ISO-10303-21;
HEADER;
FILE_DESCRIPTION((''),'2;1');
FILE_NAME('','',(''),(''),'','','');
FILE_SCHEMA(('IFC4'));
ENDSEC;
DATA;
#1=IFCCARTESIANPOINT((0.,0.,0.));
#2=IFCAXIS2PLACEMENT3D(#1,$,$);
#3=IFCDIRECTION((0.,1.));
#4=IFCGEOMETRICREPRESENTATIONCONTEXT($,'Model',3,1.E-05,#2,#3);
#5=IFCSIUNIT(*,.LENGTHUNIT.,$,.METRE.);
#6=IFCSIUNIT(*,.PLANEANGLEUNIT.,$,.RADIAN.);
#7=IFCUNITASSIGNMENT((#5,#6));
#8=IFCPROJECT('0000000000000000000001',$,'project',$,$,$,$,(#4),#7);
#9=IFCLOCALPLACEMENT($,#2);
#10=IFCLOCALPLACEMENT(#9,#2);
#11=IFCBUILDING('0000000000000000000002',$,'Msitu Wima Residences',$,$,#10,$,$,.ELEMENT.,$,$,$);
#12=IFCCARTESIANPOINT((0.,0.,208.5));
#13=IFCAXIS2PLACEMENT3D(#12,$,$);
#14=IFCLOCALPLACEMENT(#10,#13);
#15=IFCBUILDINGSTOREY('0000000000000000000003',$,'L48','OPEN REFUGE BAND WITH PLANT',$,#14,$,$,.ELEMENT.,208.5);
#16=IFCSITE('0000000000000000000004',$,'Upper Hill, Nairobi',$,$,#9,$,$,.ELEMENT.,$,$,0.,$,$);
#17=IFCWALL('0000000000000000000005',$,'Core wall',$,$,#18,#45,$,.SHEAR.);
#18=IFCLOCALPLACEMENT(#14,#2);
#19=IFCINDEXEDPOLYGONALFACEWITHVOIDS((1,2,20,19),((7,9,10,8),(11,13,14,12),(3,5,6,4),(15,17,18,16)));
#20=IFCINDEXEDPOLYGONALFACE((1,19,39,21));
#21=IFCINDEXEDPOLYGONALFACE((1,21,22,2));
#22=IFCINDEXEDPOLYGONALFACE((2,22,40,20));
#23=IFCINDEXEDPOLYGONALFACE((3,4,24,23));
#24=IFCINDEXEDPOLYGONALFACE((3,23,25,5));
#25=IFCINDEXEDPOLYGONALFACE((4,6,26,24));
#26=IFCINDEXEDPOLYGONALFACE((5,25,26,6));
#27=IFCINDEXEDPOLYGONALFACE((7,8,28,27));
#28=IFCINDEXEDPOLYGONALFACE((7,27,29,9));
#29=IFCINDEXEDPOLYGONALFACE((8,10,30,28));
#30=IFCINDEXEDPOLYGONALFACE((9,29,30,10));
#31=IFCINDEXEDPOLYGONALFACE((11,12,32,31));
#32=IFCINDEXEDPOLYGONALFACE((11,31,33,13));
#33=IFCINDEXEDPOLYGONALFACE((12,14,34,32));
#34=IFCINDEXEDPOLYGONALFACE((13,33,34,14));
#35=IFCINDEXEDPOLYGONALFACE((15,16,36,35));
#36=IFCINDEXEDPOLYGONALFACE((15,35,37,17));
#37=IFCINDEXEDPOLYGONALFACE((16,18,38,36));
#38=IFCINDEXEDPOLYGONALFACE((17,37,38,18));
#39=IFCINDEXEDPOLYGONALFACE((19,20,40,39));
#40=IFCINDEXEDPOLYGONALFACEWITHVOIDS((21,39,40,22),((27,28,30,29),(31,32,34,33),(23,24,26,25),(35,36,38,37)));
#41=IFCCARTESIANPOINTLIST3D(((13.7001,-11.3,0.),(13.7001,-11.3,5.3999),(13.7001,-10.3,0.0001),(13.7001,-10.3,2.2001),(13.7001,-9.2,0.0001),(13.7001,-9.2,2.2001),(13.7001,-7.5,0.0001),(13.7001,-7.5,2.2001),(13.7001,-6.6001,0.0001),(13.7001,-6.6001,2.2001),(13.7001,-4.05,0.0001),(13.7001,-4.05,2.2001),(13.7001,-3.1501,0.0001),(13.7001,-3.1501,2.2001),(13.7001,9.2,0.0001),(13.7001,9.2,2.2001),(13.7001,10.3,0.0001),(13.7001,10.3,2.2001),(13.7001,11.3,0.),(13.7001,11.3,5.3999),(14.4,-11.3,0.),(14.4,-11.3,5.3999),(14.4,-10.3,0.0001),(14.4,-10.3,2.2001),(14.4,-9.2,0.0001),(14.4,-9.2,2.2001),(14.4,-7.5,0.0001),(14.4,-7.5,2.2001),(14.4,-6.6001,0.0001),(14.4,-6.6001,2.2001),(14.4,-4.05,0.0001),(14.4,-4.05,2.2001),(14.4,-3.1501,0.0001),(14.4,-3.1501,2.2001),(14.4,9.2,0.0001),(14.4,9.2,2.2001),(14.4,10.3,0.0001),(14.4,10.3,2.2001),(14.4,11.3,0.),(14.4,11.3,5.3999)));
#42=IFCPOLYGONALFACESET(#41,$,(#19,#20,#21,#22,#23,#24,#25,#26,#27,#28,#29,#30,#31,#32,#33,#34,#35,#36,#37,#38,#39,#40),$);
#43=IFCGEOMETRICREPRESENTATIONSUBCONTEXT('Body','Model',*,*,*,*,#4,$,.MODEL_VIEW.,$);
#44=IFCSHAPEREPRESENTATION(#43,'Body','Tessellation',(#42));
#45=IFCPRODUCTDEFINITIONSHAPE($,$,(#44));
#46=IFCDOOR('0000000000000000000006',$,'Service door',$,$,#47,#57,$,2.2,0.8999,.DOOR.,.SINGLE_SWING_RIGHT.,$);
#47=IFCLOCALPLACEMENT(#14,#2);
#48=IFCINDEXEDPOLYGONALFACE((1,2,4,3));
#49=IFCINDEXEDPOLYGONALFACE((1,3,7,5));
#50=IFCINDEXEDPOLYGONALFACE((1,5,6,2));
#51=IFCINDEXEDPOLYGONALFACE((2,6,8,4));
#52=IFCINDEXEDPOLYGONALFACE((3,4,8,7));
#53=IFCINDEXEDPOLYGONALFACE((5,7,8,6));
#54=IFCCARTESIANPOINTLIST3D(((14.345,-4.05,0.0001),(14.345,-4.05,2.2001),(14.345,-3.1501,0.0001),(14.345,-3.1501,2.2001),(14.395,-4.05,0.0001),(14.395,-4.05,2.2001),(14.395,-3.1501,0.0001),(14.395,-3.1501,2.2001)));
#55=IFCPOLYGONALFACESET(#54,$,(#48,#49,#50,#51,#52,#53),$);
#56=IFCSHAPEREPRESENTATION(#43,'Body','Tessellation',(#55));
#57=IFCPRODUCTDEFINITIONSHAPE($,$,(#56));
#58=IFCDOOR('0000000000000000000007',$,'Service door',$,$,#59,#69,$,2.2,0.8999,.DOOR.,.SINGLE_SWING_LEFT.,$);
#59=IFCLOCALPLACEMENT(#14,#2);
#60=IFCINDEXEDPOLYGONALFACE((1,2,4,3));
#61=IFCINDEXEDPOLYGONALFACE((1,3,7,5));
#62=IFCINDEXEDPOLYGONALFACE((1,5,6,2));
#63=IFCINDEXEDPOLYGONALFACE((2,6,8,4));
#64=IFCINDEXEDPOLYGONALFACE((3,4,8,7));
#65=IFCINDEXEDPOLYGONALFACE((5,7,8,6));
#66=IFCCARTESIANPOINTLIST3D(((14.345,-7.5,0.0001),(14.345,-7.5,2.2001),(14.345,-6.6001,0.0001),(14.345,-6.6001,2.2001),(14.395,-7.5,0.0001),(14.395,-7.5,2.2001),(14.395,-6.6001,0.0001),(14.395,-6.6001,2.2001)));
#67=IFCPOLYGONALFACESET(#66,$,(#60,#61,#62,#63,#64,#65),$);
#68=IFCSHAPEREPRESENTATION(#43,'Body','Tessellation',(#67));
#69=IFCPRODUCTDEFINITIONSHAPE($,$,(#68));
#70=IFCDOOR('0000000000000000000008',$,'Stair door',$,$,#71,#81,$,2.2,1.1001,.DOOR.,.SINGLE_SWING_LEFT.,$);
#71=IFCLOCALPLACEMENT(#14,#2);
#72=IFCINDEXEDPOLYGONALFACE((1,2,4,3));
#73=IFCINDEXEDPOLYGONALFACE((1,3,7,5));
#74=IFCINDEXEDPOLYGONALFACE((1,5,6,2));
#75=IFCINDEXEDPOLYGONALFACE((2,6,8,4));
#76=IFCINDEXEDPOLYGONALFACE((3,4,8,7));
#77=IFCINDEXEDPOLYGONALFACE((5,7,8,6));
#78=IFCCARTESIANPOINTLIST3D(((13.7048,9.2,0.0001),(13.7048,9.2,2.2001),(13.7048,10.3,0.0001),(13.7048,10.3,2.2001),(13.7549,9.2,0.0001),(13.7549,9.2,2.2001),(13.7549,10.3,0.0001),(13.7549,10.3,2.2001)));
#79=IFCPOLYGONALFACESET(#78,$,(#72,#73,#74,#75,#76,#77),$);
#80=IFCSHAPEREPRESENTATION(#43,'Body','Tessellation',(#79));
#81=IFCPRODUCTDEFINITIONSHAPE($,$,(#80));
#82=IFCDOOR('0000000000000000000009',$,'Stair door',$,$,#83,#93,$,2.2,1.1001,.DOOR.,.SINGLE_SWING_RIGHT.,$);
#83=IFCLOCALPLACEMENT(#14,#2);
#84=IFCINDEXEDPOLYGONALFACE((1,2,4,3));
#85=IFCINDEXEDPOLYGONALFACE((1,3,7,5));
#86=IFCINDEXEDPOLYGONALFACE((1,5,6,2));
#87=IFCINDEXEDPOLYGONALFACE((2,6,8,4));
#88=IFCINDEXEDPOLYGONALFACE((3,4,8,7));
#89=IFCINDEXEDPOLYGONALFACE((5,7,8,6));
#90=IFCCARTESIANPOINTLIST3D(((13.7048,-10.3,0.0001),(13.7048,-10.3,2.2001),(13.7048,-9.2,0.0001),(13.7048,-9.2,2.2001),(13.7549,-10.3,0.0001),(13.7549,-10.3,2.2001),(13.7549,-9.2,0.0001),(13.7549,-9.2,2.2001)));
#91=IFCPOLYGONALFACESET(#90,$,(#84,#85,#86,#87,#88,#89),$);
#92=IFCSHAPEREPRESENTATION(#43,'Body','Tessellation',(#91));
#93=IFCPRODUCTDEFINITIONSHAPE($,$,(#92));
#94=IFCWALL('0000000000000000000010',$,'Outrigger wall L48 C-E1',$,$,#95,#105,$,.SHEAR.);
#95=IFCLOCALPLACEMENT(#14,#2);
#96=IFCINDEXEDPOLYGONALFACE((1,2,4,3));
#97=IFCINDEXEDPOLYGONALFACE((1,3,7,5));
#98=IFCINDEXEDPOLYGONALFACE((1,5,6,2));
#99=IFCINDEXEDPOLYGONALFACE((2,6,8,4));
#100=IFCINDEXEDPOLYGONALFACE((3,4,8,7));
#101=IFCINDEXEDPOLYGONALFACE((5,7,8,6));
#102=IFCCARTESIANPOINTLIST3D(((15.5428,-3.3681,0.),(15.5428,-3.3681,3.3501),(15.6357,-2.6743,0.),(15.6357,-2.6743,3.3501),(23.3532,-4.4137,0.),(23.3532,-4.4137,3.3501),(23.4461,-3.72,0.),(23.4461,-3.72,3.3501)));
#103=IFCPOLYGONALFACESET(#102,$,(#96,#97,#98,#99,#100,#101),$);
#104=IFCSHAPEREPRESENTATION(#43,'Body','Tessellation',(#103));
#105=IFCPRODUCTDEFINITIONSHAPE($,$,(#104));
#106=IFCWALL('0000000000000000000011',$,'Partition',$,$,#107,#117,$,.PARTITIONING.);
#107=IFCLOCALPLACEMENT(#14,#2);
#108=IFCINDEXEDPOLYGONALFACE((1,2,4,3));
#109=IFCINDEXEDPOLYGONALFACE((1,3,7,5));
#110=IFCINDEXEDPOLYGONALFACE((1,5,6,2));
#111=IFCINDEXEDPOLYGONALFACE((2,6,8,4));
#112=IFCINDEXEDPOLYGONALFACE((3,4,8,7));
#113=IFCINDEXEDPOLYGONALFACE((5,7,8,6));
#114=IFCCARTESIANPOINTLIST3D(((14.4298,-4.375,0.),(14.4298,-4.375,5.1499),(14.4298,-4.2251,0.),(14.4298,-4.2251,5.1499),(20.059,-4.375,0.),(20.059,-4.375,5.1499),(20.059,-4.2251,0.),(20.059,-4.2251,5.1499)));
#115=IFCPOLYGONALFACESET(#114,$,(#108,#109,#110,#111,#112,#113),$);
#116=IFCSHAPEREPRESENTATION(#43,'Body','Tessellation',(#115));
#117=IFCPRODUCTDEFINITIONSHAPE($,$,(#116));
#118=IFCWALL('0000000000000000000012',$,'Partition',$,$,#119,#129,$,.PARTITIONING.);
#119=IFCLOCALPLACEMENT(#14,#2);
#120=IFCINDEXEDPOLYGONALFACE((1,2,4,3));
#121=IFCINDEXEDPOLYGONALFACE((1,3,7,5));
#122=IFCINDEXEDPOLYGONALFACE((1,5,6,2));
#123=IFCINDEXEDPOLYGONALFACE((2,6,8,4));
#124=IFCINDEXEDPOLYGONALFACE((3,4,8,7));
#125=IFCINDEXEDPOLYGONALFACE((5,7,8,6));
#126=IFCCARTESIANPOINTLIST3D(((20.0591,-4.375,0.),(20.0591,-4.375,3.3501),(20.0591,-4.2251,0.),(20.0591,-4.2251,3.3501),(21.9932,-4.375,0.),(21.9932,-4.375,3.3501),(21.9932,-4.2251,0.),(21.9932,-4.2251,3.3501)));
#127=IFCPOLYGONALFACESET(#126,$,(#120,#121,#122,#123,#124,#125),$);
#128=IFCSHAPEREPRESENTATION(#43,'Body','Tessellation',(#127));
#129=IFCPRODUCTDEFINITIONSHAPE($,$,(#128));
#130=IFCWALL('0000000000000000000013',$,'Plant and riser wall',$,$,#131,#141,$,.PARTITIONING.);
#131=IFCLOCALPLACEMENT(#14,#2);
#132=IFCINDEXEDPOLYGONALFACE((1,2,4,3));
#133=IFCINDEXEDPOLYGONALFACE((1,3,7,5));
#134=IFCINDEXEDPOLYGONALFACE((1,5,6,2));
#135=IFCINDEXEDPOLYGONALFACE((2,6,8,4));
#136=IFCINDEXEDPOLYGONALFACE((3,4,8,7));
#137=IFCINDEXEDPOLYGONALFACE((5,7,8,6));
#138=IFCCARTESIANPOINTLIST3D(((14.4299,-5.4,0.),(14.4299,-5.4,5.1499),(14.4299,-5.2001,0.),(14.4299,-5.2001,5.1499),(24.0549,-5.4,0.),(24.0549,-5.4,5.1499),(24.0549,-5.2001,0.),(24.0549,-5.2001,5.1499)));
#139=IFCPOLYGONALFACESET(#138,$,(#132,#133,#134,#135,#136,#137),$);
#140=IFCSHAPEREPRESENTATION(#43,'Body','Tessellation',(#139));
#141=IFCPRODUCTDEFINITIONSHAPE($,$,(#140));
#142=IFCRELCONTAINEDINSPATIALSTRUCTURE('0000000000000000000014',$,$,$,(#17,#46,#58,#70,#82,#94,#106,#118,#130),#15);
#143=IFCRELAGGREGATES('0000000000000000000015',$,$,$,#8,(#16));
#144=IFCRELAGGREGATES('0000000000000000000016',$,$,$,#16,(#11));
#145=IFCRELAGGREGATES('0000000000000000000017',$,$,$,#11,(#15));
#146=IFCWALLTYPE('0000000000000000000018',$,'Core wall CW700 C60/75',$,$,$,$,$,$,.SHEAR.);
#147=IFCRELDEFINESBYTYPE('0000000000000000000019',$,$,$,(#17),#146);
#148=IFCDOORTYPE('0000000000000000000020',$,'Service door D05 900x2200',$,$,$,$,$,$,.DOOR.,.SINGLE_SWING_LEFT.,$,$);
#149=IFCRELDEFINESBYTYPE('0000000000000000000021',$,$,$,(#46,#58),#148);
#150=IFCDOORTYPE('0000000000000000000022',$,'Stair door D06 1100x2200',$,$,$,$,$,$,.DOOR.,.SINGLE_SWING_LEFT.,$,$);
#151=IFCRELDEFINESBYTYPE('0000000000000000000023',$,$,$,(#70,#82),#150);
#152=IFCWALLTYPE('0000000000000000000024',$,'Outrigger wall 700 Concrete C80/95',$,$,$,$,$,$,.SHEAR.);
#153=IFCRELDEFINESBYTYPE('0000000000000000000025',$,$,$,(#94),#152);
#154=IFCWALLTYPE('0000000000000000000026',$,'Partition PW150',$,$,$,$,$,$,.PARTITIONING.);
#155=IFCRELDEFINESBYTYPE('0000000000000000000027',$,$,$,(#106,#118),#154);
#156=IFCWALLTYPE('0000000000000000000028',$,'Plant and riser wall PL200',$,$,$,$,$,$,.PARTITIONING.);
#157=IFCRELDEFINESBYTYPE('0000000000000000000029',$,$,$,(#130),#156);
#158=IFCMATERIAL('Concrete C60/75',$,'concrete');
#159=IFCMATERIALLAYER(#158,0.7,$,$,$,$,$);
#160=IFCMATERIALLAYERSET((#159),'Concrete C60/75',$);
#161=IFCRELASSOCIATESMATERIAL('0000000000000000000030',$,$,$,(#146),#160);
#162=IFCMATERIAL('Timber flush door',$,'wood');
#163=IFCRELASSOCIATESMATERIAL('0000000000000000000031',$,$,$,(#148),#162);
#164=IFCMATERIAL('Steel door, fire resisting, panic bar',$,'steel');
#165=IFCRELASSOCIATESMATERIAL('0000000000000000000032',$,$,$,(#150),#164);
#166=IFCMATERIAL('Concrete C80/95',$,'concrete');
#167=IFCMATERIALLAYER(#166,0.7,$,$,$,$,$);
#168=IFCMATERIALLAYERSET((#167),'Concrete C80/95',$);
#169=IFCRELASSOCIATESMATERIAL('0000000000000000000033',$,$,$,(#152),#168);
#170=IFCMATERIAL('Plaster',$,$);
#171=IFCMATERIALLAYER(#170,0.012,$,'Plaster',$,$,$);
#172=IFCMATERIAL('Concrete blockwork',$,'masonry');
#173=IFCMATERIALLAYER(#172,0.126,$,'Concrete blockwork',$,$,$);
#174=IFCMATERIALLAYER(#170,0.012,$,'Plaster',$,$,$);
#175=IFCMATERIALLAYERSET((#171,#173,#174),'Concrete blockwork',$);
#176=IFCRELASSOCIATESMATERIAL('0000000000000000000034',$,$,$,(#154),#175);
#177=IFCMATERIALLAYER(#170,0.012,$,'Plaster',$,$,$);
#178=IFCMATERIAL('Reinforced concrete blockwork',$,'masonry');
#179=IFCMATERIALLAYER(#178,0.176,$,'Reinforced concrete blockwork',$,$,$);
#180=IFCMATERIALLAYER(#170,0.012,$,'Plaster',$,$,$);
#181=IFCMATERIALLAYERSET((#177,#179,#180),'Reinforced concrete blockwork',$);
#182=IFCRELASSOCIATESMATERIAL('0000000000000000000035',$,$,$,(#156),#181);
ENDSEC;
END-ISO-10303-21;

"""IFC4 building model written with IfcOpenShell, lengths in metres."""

from ifc_helpers import new_model, si_unit, direction, frame, frame_2d, origin, place, context, subcontext, project, spatial, rectangle, extrude, material, layer, layer_set, type_object, element, fill, save


model = new_model("IFC4")

# Units and contexts
model_context = context("Model", 3, precision=1e-05, world=origin(), true_north=direction((0.0, 1.0)))
body_context = subcontext(model_context, "Body", "Model", "MODEL_VIEW")
ifc_project = project(units=[si_unit("LENGTHUNIT", "METRE"), si_unit("PLANEANGLEUNIT", "RADIAN")], contexts=[model_context])

# Site, building, storey
site_placement = place(None, origin())
site = spatial("IfcSite", under=ifc_project, at=site_placement, Name="Upper Hill, Nairobi", CompositionType="ELEMENT", RefElevation=0.0)
building_placement = place(site_placement, origin())
building = spatial("IfcBuilding", under=site, at=building_placement, Name="Msitu Wima Residences", CompositionType="ELEMENT")
storey_placement = place(building_placement, frame((0.0, 0.0, 208.5)))
storey = spatial("IfcBuildingStorey", under=building, at=storey_placement, Name="L48", Description="OPEN REFUGE BAND WITH PLANT", CompositionType="ELEMENT", Elevation=208.5)

# Shared definitions
ifc_material_1 = material(Name="Concrete C60/75", Category="concrete")

# Shared definitions
ifc_material_2 = material(Name="Concrete C80/95", Category="concrete")

# Wall, openings, doors
ifc_layer_1 = layer(ifc_material_1, 0.7)
ifc_layer_set_1 = layer_set([ifc_layer_1], Name="Concrete C60/75")
wall_type_1 = type_object("IfcWallType", Name="Core wall CW700 C60/75", PredefinedType="SHEAR", material=ifc_layer_set_1)
wall_1_placement = place(storey_placement, frame((14.05, -11.3, 0.0), z_axis=(0.0, 0.0, 1.0), x_axis=(0.0, 1.0, 0.0)))
wall_1 = element("IfcWall", 1, at=wall_1_placement, inside=storey, type_object=wall_type_1, Name="Core wall", PredefinedType="SHEAR", context=body_context, shape_type="SweptSolid", body=[
    extrude(rectangle(XDim=22.6001, YDim=0.7, at=frame_2d((11.3, 0.0))), origin(), (0.0, 0.0, 1.0), 5.3999),
])
opening_1_placement = place(wall_1_placement, frame((20.5, 0.0, 0.0)))
opening_1 = element("IfcOpeningElement", 2, at=opening_1_placement, cuts=wall_1, PredefinedType="OPENING", context=body_context, shape_type="SweptSolid", body=[
    extrude(rectangle(XDim=1.1001, YDim=2.2, at=frame_2d((0.55, 1.1001))), frame((0.0, 0.3599, 0.0), z_axis=(0.0, -1.0, 0.0), x_axis=(1.0, 0.0, 0.0)), (0.0, 0.0, 1.0), 0.72),
])
opening_2_placement = place(wall_1_placement, frame((7.25, 0.0, 0.0)))
opening_2 = element("IfcOpeningElement", 3, at=opening_2_placement, cuts=wall_1, PredefinedType="OPENING", context=body_context, shape_type="SweptSolid", body=[
    extrude(rectangle(XDim=0.8999, YDim=2.2, at=frame_2d((0.45, 1.1001))), frame((0.0, 0.3599, 0.0), z_axis=(0.0, -1.0, 0.0), x_axis=(1.0, 0.0, 0.0)), (0.0, 0.0, 1.0), 0.72),
])
opening_3_placement = place(wall_1_placement, frame((1.0, 0.0, 0.0)))
opening_3 = element("IfcOpeningElement", 4, at=opening_3_placement, cuts=wall_1, PredefinedType="OPENING", context=body_context, shape_type="SweptSolid", body=[
    extrude(rectangle(XDim=1.1001, YDim=2.2, at=frame_2d((0.55, 1.1001))), frame((0.0, 0.3599, 0.0), z_axis=(0.0, -1.0, 0.0), x_axis=(1.0, 0.0, 0.0)), (0.0, 0.0, 1.0), 0.72),
])
opening_4_placement = place(wall_1_placement, frame((3.8, 0.0, 0.0)))
opening_4 = element("IfcOpeningElement", 5, at=opening_4_placement, cuts=wall_1, PredefinedType="OPENING", context=body_context, shape_type="SweptSolid", body=[
    extrude(rectangle(XDim=0.8999, YDim=2.2, at=frame_2d((0.45, 1.1001))), frame((0.0, 0.3599, 0.0), z_axis=(0.0, -1.0, 0.0), x_axis=(1.0, 0.0, 0.0)), (0.0, 0.0, 1.0), 0.72),
])
ifc_material_3 = material(Name="Timber flush door", Category="wood")
door_type_1 = type_object("IfcDoorType", Name="Service door D05 900x2200", OperationType="SINGLE_SWING_LEFT", PredefinedType="DOOR", material=ifc_material_3)
door_1_placement = place(opening_2_placement, origin())
door_1 = element("IfcDoor", 6, at=door_1_placement, inside=storey, type_object=door_type_1, Name="Service door", OperationType="SINGLE_SWING_RIGHT", OverallHeight=2.2, OverallWidth=0.8999, PredefinedType="DOOR", context=body_context, shape_type="SweptSolid", body=[
    extrude(rectangle(XDim=0.8999, YDim=2.2, at=frame_2d((0.45, 1.1001))), frame((0.0, -0.2949, 0.0), z_axis=(0.0, -1.0, 0.0), x_axis=(1.0, 0.0, 0.0)), (0.0, 0.0, 1.0), 0.05),
])
fill(opening_2, door_1)
door_2_placement = place(opening_4_placement, origin())
door_2 = element("IfcDoor", 7, at=door_2_placement, inside=storey, type_object=door_type_1, Name="Service door", OperationType="SINGLE_SWING_LEFT", OverallHeight=2.2, OverallWidth=0.8999, PredefinedType="DOOR", context=body_context, shape_type="SweptSolid", body=[
    extrude(rectangle(XDim=0.8999, YDim=2.2, at=frame_2d((0.45, 1.1001))), frame((0.0, -0.2949, 0.0), z_axis=(0.0, -1.0, 0.0), x_axis=(1.0, 0.0, 0.0)), (0.0, 0.0, 1.0), 0.05),
])
fill(opening_4, door_2)
ifc_material_4 = material(Name="Steel door, fire resisting, panic bar", Category="steel")
door_type_2 = type_object("IfcDoorType", Name="Stair door D06 1100x2200", OperationType="SINGLE_SWING_LEFT", PredefinedType="DOOR", material=ifc_material_4)
door_3_placement = place(opening_1_placement, origin())
door_3 = element("IfcDoor", 8, at=door_3_placement, inside=storey, type_object=door_type_2, Name="Stair door", OperationType="SINGLE_SWING_LEFT", OverallHeight=2.2, OverallWidth=1.1001, PredefinedType="DOOR", context=body_context, shape_type="SweptSolid", body=[
    extrude(rectangle(XDim=1.1001, YDim=2.2, at=frame_2d((0.55, 1.1001))), frame((0.0, 0.3452, 0.0), z_axis=(0.0, -1.0, 0.0), x_axis=(1.0, 0.0, 0.0)), (0.0, 0.0, 1.0), 0.05),
])
fill(opening_1, door_3)
door_4_placement = place(opening_3_placement, origin())
door_4 = element("IfcDoor", 9, at=door_4_placement, inside=storey, type_object=door_type_2, Name="Stair door", OperationType="SINGLE_SWING_RIGHT", OverallHeight=2.2, OverallWidth=1.1001, PredefinedType="DOOR", context=body_context, shape_type="SweptSolid", body=[
    extrude(rectangle(XDim=1.1001, YDim=2.2, at=frame_2d((0.55, 1.1001))), frame((0.0, 0.3452, 0.0), z_axis=(0.0, -1.0, 0.0), x_axis=(1.0, 0.0, 0.0)), (0.0, 0.0, 1.0), 0.05),
])
fill(opening_3, door_4)

# Walls
ifc_layer_2 = layer(ifc_material_2, 0.7)
ifc_layer_set_2 = layer_set([ifc_layer_2], Name="Concrete C80/95")
wall_type_2 = type_object("IfcWallType", Name="Outrigger wall 700 Concrete C80/95", PredefinedType="SHEAR", material=ifc_layer_set_2)
wall_2_placement = place(storey_placement, frame((15.5894, -3.0212, 0.0), z_axis=(0.0, 0.0, 1.0), x_axis=(0.991157, -0.132693, 0.0)))
element("IfcWall", 10, at=wall_2_placement, inside=storey, type_object=wall_type_2, Name="Outrigger wall L48 C-E1", PredefinedType="SHEAR", context=body_context, shape_type="SweptSolid", body=[
    extrude(rectangle(XDim=7.8801, YDim=0.7, at=frame_2d((3.9399, 0.0))), origin(), (0.0, 0.0, 1.0), 3.3501),
])
ifc_material_5 = material(Name="Plaster")
ifc_layer_3 = layer(ifc_material_5, 0.012, Name="Plaster")
ifc_material_6 = material(Name="Concrete blockwork", Category="masonry")
ifc_layer_4 = layer(ifc_material_6, 0.126, Name="Concrete blockwork")
ifc_layer_5 = layer(ifc_material_5, 0.012, Name="Plaster")
ifc_layer_set_3 = layer_set([ifc_layer_3, ifc_layer_4, ifc_layer_5], Name="Concrete blockwork")
wall_type_3 = type_object("IfcWallType", Name="Partition PW150", PredefinedType="PARTITIONING", material=ifc_layer_set_3)
wall_3_placement = place(storey_placement, frame((14.4299, -4.3, 0.0), z_axis=(0.0, 0.0, 1.0), x_axis=(1.0, 0.0, 0.0)))
element("IfcWall", 11, at=wall_3_placement, inside=storey, type_object=wall_type_3, Name="Partition", PredefinedType="PARTITIONING", context=body_context, shape_type="SweptSolid", body=[
    extrude(rectangle(XDim=5.6292, YDim=0.1499, at=frame_2d((2.8145, 0.0))), origin(), (0.0, 0.0, 1.0), 5.1499),
])
wall_4_placement = place(storey_placement, frame((20.0591, -4.3, 0.0), z_axis=(0.0, 0.0, 1.0), x_axis=(1.0, 0.0, 0.0)))
element("IfcWall", 12, at=wall_4_placement, inside=storey, type_object=wall_type_3, Name="Partition", PredefinedType="PARTITIONING", context=body_context, shape_type="SweptSolid", body=[
    extrude(rectangle(XDim=1.9341, YDim=0.1499, at=frame_2d((0.967, 0.0))), origin(), (0.0, 0.0, 1.0), 3.3501),
])
ifc_layer_6 = layer(ifc_material_5, 0.012, Name="Plaster")
ifc_material_7 = material(Name="Reinforced concrete blockwork", Category="masonry")
ifc_layer_7 = layer(ifc_material_7, 0.176, Name="Reinforced concrete blockwork")
ifc_layer_8 = layer(ifc_material_5, 0.012, Name="Plaster")
ifc_layer_set_4 = layer_set([ifc_layer_6, ifc_layer_7, ifc_layer_8], Name="Reinforced concrete blockwork")
wall_type_4 = type_object("IfcWallType", Name="Plant and riser wall PL200", PredefinedType="PARTITIONING", material=ifc_layer_set_4)
wall_5_placement = place(storey_placement, frame((14.4299, -5.3, 0.0), z_axis=(0.0, 0.0, 1.0), x_axis=(1.0, 0.0, 0.0)))
element("IfcWall", 13, at=wall_5_placement, inside=storey, type_object=wall_type_4, Name="Plant and riser wall", PredefinedType="PARTITIONING", context=body_context, shape_type="SweptSolid", body=[
    extrude(rectangle(XDim=9.625, YDim=0.2, at=frame_2d((4.8125, 0.0))), origin(), (0.0, 0.0, 1.0), 5.1499),
])

save(model, "model.ifc")
